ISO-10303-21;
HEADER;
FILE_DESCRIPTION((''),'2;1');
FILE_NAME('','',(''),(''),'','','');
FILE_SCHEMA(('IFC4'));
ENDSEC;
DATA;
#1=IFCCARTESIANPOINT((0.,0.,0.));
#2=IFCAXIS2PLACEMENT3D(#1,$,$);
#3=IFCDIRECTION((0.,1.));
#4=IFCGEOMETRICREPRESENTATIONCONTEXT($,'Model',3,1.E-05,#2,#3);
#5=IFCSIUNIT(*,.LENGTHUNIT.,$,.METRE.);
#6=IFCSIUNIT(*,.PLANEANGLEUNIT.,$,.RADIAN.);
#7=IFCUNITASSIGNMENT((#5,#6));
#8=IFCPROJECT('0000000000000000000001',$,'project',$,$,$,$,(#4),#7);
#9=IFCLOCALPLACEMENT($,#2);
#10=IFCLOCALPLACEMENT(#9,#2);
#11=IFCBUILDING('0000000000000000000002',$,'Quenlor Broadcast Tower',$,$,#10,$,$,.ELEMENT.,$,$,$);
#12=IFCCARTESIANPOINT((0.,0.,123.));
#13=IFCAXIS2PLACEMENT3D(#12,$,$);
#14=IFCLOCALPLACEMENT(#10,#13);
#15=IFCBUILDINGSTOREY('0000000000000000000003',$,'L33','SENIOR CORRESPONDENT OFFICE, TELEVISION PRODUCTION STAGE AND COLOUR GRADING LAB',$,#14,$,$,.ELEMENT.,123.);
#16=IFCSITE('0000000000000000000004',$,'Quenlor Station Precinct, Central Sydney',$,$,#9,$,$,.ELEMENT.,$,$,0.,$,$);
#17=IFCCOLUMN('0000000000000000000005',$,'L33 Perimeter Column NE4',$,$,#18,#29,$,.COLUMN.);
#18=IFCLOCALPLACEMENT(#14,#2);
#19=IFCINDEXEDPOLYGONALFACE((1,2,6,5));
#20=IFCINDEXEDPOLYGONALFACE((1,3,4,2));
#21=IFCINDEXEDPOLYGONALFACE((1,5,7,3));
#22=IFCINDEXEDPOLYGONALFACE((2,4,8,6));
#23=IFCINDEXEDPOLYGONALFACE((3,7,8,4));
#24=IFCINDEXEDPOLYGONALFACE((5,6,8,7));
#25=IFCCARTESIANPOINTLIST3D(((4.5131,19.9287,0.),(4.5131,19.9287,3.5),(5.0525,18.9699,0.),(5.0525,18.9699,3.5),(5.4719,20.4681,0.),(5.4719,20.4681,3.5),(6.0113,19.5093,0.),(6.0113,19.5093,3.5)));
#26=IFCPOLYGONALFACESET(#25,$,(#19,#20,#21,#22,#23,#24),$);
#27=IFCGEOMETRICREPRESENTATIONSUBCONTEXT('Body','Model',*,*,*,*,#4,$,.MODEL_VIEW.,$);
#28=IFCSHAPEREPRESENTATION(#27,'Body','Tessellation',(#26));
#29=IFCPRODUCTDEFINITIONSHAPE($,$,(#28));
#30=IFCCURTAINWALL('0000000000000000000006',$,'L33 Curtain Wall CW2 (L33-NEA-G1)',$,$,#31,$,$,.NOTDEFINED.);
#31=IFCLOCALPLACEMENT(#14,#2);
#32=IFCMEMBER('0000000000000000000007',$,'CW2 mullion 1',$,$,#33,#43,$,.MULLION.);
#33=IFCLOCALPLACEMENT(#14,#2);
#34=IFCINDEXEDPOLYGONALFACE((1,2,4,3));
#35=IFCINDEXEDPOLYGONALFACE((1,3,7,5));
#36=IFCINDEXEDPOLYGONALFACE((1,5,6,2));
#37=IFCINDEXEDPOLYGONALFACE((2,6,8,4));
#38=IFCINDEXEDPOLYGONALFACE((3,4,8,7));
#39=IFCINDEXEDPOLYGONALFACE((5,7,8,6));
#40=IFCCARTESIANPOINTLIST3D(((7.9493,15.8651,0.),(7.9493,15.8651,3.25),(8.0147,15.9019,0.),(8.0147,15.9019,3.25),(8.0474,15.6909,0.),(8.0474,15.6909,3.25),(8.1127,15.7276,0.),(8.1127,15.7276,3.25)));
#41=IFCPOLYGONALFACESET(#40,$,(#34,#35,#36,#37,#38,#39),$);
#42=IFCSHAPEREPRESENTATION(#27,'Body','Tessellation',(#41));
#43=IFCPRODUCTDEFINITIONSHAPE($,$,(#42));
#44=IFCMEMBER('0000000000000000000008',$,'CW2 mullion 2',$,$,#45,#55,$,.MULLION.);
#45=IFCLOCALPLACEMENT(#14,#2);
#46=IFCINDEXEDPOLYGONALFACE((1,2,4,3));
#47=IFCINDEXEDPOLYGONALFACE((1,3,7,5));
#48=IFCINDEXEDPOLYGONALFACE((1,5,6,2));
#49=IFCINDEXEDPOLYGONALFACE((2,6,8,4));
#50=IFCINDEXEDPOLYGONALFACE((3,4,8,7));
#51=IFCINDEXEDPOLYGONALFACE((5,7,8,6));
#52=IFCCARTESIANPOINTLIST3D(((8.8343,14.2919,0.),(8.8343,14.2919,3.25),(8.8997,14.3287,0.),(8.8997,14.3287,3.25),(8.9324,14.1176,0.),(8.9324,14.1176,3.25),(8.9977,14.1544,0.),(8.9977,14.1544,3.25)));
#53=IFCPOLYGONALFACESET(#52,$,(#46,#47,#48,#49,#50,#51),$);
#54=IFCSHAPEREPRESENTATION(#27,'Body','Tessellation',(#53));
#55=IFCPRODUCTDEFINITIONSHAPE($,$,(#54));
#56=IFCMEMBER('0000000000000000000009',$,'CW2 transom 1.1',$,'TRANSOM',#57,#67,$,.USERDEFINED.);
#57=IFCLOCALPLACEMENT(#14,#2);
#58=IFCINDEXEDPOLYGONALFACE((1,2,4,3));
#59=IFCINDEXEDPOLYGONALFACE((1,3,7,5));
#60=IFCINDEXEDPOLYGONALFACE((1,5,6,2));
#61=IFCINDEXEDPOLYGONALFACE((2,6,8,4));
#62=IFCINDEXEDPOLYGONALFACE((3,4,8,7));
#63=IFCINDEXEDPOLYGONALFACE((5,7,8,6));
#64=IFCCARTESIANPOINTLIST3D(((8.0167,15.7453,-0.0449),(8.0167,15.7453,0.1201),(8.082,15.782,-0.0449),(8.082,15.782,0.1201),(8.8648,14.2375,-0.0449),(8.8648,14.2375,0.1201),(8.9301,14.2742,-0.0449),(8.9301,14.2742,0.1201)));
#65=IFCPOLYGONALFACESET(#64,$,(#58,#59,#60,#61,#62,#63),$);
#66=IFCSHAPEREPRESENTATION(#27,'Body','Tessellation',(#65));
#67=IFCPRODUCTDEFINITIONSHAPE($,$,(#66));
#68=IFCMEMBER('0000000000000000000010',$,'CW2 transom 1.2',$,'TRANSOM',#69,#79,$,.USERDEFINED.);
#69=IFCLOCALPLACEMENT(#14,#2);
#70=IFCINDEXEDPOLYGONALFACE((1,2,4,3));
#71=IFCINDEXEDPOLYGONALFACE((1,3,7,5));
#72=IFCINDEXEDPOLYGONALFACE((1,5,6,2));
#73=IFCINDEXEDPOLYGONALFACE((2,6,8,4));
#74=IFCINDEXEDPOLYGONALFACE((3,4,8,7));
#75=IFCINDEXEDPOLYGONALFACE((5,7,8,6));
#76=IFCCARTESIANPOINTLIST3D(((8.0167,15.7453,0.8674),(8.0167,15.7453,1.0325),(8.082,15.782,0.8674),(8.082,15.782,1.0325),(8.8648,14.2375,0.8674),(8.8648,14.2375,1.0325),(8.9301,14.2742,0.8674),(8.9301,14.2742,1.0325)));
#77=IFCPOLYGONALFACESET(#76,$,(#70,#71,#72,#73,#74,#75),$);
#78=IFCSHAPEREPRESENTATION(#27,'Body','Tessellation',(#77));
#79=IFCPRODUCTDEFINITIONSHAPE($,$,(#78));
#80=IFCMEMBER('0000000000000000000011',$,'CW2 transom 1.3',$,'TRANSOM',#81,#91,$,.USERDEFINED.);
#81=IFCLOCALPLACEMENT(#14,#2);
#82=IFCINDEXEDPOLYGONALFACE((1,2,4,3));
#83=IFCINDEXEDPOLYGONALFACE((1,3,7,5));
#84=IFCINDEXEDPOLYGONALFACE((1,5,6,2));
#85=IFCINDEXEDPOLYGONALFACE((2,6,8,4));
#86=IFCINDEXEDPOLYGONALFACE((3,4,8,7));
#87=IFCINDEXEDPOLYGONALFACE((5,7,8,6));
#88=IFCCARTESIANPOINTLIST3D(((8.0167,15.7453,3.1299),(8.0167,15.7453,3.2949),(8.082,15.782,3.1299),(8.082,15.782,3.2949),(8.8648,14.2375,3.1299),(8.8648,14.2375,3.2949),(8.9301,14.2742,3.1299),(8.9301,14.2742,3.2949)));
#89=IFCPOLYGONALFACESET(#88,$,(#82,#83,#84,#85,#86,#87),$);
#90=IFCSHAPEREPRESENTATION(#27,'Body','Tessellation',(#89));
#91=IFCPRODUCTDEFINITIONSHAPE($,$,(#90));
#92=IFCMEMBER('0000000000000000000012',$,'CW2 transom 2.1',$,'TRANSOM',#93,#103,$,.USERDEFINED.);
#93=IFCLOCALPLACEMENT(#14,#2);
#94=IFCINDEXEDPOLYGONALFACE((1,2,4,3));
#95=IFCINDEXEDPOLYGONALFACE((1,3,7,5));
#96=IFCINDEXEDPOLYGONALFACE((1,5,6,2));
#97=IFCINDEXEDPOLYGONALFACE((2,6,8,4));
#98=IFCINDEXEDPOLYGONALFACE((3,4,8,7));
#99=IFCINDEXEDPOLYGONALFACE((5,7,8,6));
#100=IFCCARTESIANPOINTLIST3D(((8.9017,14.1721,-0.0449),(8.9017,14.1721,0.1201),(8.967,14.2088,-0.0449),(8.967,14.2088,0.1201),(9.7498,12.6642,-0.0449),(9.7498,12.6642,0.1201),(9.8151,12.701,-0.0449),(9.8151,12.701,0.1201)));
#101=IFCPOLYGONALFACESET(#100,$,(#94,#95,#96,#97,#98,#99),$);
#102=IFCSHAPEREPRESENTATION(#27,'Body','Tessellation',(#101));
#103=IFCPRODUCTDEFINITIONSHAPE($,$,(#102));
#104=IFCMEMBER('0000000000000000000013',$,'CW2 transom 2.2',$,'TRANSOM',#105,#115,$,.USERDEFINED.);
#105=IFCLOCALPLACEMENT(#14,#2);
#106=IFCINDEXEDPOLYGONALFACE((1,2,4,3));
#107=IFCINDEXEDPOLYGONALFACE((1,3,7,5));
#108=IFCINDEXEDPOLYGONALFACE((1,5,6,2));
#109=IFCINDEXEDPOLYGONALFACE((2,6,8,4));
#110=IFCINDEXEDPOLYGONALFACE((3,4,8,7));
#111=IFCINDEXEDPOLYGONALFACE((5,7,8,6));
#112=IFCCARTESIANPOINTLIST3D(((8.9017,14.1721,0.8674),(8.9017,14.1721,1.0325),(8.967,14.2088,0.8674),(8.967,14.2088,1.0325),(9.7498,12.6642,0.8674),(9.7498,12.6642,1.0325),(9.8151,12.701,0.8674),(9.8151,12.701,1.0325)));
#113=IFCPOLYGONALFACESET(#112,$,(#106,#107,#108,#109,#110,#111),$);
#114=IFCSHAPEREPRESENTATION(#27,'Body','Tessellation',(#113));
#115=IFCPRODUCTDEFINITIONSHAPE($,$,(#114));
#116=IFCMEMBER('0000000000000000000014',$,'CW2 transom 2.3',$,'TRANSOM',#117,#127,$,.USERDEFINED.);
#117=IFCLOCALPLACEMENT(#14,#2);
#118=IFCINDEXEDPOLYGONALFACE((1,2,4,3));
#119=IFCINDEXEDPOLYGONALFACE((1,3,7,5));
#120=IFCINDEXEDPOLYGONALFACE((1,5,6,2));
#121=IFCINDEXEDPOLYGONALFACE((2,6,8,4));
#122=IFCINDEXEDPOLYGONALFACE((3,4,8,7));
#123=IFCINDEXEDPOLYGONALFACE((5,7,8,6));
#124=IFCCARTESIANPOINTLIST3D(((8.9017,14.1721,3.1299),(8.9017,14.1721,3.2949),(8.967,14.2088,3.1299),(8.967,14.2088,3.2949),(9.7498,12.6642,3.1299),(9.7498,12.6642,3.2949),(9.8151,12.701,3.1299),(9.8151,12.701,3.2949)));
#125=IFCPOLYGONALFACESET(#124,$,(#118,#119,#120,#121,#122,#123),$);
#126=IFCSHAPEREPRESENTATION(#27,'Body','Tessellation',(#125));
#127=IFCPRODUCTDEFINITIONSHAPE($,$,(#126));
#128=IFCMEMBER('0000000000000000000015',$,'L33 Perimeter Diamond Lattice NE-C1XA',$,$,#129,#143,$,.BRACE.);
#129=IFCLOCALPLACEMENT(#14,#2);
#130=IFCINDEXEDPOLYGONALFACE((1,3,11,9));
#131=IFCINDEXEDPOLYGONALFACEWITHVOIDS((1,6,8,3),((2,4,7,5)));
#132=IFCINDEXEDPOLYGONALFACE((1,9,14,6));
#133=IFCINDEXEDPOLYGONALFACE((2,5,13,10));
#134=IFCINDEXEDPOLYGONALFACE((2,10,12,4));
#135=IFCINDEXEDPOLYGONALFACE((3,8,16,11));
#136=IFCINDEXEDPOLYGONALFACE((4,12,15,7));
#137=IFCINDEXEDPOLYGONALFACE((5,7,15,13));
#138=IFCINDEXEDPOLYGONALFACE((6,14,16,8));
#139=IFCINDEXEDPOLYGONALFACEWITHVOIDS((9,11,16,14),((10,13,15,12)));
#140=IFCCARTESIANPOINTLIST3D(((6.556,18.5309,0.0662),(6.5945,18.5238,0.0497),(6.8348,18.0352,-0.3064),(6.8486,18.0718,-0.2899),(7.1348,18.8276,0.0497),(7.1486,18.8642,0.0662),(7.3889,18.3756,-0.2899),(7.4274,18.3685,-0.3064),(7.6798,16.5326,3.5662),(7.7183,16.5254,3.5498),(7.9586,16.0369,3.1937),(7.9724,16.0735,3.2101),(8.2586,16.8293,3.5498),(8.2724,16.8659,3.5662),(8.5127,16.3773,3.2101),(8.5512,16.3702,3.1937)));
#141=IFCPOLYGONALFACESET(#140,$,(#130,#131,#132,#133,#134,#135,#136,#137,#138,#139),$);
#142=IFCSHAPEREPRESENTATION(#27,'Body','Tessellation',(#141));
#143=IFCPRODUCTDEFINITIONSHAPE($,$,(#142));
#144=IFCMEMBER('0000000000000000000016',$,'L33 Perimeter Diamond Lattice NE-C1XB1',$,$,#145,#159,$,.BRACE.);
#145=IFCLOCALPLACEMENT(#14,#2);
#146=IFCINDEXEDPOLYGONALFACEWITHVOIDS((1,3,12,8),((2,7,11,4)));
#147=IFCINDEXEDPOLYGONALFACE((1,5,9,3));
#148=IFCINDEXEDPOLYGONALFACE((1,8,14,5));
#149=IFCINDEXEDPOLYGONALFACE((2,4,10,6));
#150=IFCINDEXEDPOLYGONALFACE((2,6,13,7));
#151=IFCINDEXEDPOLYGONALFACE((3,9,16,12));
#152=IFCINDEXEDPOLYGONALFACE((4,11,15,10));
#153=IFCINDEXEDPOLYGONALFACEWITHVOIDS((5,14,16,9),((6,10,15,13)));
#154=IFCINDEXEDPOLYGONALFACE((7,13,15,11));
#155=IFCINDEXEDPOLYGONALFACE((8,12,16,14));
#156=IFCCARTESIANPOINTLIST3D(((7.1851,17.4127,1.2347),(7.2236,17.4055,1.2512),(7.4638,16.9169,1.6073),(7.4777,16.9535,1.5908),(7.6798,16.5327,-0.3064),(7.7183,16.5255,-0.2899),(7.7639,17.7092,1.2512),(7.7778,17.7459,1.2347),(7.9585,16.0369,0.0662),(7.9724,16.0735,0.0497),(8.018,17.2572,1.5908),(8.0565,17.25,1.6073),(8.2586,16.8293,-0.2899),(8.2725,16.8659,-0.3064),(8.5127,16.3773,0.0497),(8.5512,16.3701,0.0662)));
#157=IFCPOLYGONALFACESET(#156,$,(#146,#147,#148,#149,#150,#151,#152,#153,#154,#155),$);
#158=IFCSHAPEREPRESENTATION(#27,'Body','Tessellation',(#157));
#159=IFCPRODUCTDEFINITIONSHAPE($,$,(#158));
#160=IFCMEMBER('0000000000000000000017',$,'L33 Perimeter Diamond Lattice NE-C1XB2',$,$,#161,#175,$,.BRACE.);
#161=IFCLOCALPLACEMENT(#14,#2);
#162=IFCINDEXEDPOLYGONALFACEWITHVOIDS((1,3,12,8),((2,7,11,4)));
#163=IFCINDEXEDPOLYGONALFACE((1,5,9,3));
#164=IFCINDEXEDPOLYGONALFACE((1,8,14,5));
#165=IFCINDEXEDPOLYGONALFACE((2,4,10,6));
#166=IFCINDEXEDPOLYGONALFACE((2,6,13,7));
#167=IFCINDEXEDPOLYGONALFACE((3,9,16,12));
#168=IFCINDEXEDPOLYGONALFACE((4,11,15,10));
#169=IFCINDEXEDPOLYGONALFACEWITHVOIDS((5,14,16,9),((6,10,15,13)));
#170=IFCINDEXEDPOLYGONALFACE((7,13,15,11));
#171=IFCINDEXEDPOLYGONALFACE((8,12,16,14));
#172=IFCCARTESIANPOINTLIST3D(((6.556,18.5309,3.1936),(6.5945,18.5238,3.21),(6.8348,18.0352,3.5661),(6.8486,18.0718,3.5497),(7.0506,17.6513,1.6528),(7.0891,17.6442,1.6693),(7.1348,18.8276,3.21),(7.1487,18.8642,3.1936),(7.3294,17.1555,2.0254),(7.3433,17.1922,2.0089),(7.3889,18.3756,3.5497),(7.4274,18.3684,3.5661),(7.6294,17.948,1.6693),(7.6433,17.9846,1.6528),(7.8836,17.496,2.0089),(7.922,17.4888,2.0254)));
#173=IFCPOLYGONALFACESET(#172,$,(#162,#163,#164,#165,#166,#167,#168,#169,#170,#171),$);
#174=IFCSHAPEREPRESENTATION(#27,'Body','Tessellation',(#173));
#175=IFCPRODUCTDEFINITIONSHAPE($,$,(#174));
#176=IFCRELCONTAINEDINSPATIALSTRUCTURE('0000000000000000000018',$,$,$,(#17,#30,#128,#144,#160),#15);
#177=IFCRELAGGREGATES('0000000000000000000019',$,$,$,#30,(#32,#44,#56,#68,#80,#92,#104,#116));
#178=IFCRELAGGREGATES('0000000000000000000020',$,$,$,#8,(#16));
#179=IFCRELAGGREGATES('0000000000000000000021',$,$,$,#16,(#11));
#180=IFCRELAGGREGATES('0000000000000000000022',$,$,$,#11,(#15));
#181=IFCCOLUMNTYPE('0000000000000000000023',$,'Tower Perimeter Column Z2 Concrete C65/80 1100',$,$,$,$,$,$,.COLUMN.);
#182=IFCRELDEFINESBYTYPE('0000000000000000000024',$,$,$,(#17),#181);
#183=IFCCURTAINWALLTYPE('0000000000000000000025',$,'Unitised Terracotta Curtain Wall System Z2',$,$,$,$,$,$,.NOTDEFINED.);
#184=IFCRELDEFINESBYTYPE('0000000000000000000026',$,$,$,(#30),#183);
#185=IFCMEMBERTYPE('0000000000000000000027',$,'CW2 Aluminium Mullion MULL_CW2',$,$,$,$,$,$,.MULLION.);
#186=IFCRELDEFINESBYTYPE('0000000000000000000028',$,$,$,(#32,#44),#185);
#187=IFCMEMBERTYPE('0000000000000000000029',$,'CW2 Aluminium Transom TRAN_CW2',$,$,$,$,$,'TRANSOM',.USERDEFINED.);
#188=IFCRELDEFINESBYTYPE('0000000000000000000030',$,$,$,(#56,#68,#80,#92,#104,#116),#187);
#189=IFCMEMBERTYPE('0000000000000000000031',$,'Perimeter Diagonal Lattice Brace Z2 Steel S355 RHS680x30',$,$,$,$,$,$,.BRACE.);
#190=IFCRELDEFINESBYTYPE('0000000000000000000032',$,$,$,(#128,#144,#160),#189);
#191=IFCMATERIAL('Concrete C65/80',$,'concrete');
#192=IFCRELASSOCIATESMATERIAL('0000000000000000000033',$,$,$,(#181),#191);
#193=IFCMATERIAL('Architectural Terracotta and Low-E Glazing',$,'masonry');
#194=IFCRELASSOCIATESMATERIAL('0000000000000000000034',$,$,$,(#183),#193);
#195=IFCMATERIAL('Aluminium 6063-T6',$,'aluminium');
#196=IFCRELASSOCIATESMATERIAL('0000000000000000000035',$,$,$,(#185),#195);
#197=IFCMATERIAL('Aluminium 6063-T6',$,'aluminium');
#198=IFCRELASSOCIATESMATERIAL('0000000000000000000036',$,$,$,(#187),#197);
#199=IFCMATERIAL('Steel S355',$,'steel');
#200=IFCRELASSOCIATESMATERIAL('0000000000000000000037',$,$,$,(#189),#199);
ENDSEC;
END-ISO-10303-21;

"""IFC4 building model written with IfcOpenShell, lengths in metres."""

from ifc_helpers import new_model, si_unit, direction, frame, origin, origin_2d, place, context, subcontext, project, spatial, rectangle, hollow_rectangle, extrude, material, material_profile, profile_set, type_object, element, aggregate, save


model = new_model("IFC4")

# Units and contexts
model_context = context("Model", 3, precision=1e-05, world=origin(), true_north=direction((0.0, 1.0)))
body_context = subcontext(model_context, "Body", "Model", "MODEL_VIEW")
ifc_project = project(units=[si_unit("LENGTHUNIT", "METRE"), si_unit("PLANEANGLEUNIT", "RADIAN")], contexts=[model_context])

# Site, building, storey
site_placement = place(None, origin())
site = spatial("IfcSite", under=ifc_project, at=site_placement, Name="Quenlor Station Precinct, Central Sydney", CompositionType="ELEMENT", RefElevation=0.0)
building_placement = place(site_placement, origin())
building = spatial("IfcBuilding", under=site, at=building_placement, Name="Quenlor Broadcast Tower", CompositionType="ELEMENT")
storey_placement = place(building_placement, frame((0.0, 0.0, 123.0)))
storey = spatial("IfcBuildingStorey", under=building, at=storey_placement, Name="L33", Description="SENIOR CORRESPONDENT OFFICE, TELEVISION PRODUCTION STAGE AND COLOUR GRADING LAB", CompositionType="ELEMENT", Elevation=123.0)

# Column
ifc_material_1 = material(Name="Concrete C65/80", Category="concrete")
ifc_material_profile_1 = material_profile(ifc_material_1, rectangle(XDim=1.1001, YDim=1.1001, at=origin_2d()))
ifc_profile_set_1 = profile_set([ifc_material_profile_1], Name="Concrete C65/80 RC1100x1100")
column_type = type_object("IfcColumnType", Name="Tower Perimeter Column Z2 Concrete C65/80 1100", PredefinedType="COLUMN", material=ifc_profile_set_1)
column_placement = place(storey_placement, frame((5.2622, 19.719, 0.0), z_axis=(0.0, 0.0, 1.0), x_axis=(0.871575, 0.490262, 0.0)))
element("IfcColumn", 1, at=column_placement, inside=storey, type_object=column_type, Name="L33 Perimeter Column NE4", PredefinedType="COLUMN", context=body_context, shape_type="SweptSolid", body=[
    extrude(rectangle(XDim=1.1001, YDim=1.1001, at=origin_2d()), origin(), (0.0, 0.0, 1.0), 3.5),
])

# Curtain wall, members
ifc_material_2 = material(Name="Architectural Terracotta and Low-E Glazing", Category="masonry")
curtain_wall_type = type_object("IfcCurtainWallType", Name="Unitised Terracotta Curtain Wall System Z2", PredefinedType="NOTDEFINED", material=ifc_material_2)
curtain_wall_placement = place(storey_placement, origin())
curtain_wall = element("IfcCurtainWall", 2, at=curtain_wall_placement, inside=storey, type_object=curtain_wall_type, Name="L33 Curtain Wall CW2 (L33-NEA-G1)", PredefinedType="NOTDEFINED")
ifc_material_3 = material(Name="Aluminium 6063-T6", Category="aluminium")
ifc_material_profile_2 = material_profile(ifc_material_3, rectangle(XDim=0.075, YDim=0.2, at=origin_2d()))
ifc_profile_set_2 = profile_set([ifc_material_profile_2], Name="Aluminium 6063-T6 MULL75x200")
member_type_1 = type_object("IfcMemberType", Name="CW2 Aluminium Mullion MULL_CW2", PredefinedType="MULLION", material=ifc_profile_set_2)
member_1_placement = place(storey_placement, frame((8.031, 15.7964, 0.0), z_axis=(0.0, 0.0, 1.0), x_axis=(0.871573, 0.490265, 0.0)))
member_1 = element("IfcMember", 3, at=member_1_placement, type_object=member_type_1, Name="CW2 mullion 1", PredefinedType="MULLION", context=body_context, shape_type="SweptSolid", body=[
    extrude(rectangle(XDim=0.075, YDim=0.2, at=origin_2d()), origin(), (0.0, 0.0, 1.0), 3.25),
])
member_2_placement = place(storey_placement, frame((8.916, 14.2231, 0.0), z_axis=(0.0, 0.0, 1.0), x_axis=(0.871573, 0.490265, 0.0)))
member_2 = element("IfcMember", 4, at=member_2_placement, type_object=member_type_1, Name="CW2 mullion 2", PredefinedType="MULLION", context=body_context, shape_type="SweptSolid", body=[
    extrude(rectangle(XDim=0.075, YDim=0.2, at=origin_2d()), origin(), (0.0, 0.0, 1.0), 3.25),
])
ifc_material_4 = material(Name="Aluminium 6063-T6", Category="aluminium")
ifc_material_profile_3 = material_profile(ifc_material_4, rectangle(XDim=0.075, YDim=0.165, at=origin_2d()))
ifc_profile_set_3 = profile_set([ifc_material_profile_3], Name="Aluminium 6063-T6 TRAN75x165")
member_type_2 = type_object("IfcMemberType", Name="CW2 Aluminium Transom TRAN_CW2", ElementType="TRANSOM", PredefinedType="USERDEFINED", material=ifc_profile_set_3)
member_3_placement = place(storey_placement, frame((8.0493, 15.7637, 0.0376), z_axis=(0.490261, -0.871576, 0.0), x_axis=(0.871576, 0.490261, 0.0)))
member_3 = element("IfcMember", 5, at=member_3_placement, type_object=member_type_2, Name="CW2 transom 1.1", ObjectType="TRANSOM", PredefinedType="USERDEFINED", context=body_context, shape_type="SweptSolid", body=[
    extrude(rectangle(XDim=0.075, YDim=0.165, at=origin_2d()), origin(), (0.0, 0.0, 1.0), 1.73),
])
member_4_placement = place(storey_placement, frame((8.0493, 15.7637, 0.95), z_axis=(0.490261, -0.871576, 0.0), x_axis=(0.871576, 0.490261, 0.0)))
member_4 = element("IfcMember", 6, at=member_4_placement, type_object=member_type_2, Name="CW2 transom 1.2", ObjectType="TRANSOM", PredefinedType="USERDEFINED", context=body_context, shape_type="SweptSolid", body=[
    extrude(rectangle(XDim=0.075, YDim=0.165, at=origin_2d()), origin(), (0.0, 0.0, 1.0), 1.73),
])
member_5_placement = place(storey_placement, frame((8.0493, 15.7637, 3.2124), z_axis=(0.490261, -0.871576, 0.0), x_axis=(0.871576, 0.490261, 0.0)))
member_5 = element("IfcMember", 7, at=member_5_placement, type_object=member_type_2, Name="CW2 transom 1.3", ObjectType="TRANSOM", PredefinedType="USERDEFINED", context=body_context, shape_type="SweptSolid", body=[
    extrude(rectangle(XDim=0.075, YDim=0.165, at=origin_2d()), origin(), (0.0, 0.0, 1.0), 1.73),
])
member_6_placement = place(storey_placement, frame((8.9343, 14.1904, 0.0376), z_axis=(0.490261, -0.871576, 0.0), x_axis=(0.871576, 0.490261, 0.0)))
member_6 = element("IfcMember", 8, at=member_6_placement, type_object=member_type_2, Name="CW2 transom 2.1", ObjectType="TRANSOM", PredefinedType="USERDEFINED", context=body_context, shape_type="SweptSolid", body=[
    extrude(rectangle(XDim=0.075, YDim=0.165, at=origin_2d()), origin(), (0.0, 0.0, 1.0), 1.73),
])
member_7_placement = place(storey_placement, frame((8.9343, 14.1904, 0.95), z_axis=(0.490261, -0.871576, 0.0), x_axis=(0.871576, 0.490261, 0.0)))
member_7 = element("IfcMember", 9, at=member_7_placement, type_object=member_type_2, Name="CW2 transom 2.2", ObjectType="TRANSOM", PredefinedType="USERDEFINED", context=body_context, shape_type="SweptSolid", body=[
    extrude(rectangle(XDim=0.075, YDim=0.165, at=origin_2d()), origin(), (0.0, 0.0, 1.0), 1.73),
])
member_8_placement = place(storey_placement, frame((8.9343, 14.1904, 3.2124), z_axis=(0.490261, -0.871576, 0.0), x_axis=(0.871576, 0.490261, 0.0)))
member_8 = element("IfcMember", 10, at=member_8_placement, type_object=member_type_2, Name="CW2 transom 2.3", ObjectType="TRANSOM", PredefinedType="USERDEFINED", context=body_context, shape_type="SweptSolid", body=[
    extrude(rectangle(XDim=0.075, YDim=0.165, at=origin_2d()), origin(), (0.0, 0.0, 1.0), 1.73),
])

# Members
ifc_material_5 = material(Name="Steel S355", Category="steel")
ifc_material_profile_4 = material_profile(ifc_material_5, hollow_rectangle(XDim=0.6799, YDim=0.6799, WallThickness=0.03, at=origin_2d()))
ifc_profile_set_4 = profile_set([ifc_material_profile_4], Name="Steel S355 RHS680x680x30")
member_type_3 = type_object("IfcMemberType", Name="Perimeter Diagonal Lattice Brace Z2 Steel S355 RHS680x30", PredefinedType="BRACE", material=ifc_profile_set_4)
member_9_placement = place(storey_placement, frame((6.9917, 18.4497, -0.1201), z_axis=(0.268588, -0.4776, 0.836516), x_axis=(0.871624, 0.490175, 0.0)))
element("IfcMember", 11, at=member_9_placement, inside=storey, type_object=member_type_3, Name="L33 Perimeter Diamond Lattice NE-C1XA", PredefinedType="BRACE", context=body_context, shape_type="SweptSolid", body=[
    extrude(hollow_rectangle(XDim=0.6799, YDim=0.6799, WallThickness=0.03, at=origin_2d()), origin(), (0.0, 0.0, 1.0), 4.1841),
])
member_10_placement = place(storey_placement, frame((8.1155, 16.4514, -0.1201), z_axis=(-0.268504, 0.477635, 0.836523), x_axis=(-0.871705, -0.490032, 0.0)))
element("IfcMember", 12, at=member_10_placement, inside=storey, type_object=member_type_3, Name="L33 Perimeter Diamond Lattice NE-C1XB1", PredefinedType="BRACE", context=body_context, shape_type="SweptSolid", body=[
    extrude(hollow_rectangle(XDim=0.6799, YDim=0.6799, WallThickness=0.03, at=origin_2d()), origin(), (0.0, 0.0, 1.0), 1.8423),
])
member_11_placement = place(storey_placement, frame((7.4863, 17.5701, 1.8391), z_axis=(-0.268551, 0.477585, 0.836536), x_axis=(-0.871647, -0.490135, 0.0)))
element("IfcMember", 13, at=member_11_placement, inside=storey, type_object=member_type_3, Name="L33 Perimeter Diamond Lattice NE-C1XB2", PredefinedType="BRACE", context=body_context, shape_type="SweptSolid", body=[
    extrude(hollow_rectangle(XDim=0.6799, YDim=0.6799, WallThickness=0.03, at=origin_2d()), origin(), (0.0, 0.0, 1.0), 1.8418),
])

aggregate(curtain_wall, [member_1, member_2, member_3, member_4, member_5, member_6, member_7, member_8])

save(model, "model.ifc")
